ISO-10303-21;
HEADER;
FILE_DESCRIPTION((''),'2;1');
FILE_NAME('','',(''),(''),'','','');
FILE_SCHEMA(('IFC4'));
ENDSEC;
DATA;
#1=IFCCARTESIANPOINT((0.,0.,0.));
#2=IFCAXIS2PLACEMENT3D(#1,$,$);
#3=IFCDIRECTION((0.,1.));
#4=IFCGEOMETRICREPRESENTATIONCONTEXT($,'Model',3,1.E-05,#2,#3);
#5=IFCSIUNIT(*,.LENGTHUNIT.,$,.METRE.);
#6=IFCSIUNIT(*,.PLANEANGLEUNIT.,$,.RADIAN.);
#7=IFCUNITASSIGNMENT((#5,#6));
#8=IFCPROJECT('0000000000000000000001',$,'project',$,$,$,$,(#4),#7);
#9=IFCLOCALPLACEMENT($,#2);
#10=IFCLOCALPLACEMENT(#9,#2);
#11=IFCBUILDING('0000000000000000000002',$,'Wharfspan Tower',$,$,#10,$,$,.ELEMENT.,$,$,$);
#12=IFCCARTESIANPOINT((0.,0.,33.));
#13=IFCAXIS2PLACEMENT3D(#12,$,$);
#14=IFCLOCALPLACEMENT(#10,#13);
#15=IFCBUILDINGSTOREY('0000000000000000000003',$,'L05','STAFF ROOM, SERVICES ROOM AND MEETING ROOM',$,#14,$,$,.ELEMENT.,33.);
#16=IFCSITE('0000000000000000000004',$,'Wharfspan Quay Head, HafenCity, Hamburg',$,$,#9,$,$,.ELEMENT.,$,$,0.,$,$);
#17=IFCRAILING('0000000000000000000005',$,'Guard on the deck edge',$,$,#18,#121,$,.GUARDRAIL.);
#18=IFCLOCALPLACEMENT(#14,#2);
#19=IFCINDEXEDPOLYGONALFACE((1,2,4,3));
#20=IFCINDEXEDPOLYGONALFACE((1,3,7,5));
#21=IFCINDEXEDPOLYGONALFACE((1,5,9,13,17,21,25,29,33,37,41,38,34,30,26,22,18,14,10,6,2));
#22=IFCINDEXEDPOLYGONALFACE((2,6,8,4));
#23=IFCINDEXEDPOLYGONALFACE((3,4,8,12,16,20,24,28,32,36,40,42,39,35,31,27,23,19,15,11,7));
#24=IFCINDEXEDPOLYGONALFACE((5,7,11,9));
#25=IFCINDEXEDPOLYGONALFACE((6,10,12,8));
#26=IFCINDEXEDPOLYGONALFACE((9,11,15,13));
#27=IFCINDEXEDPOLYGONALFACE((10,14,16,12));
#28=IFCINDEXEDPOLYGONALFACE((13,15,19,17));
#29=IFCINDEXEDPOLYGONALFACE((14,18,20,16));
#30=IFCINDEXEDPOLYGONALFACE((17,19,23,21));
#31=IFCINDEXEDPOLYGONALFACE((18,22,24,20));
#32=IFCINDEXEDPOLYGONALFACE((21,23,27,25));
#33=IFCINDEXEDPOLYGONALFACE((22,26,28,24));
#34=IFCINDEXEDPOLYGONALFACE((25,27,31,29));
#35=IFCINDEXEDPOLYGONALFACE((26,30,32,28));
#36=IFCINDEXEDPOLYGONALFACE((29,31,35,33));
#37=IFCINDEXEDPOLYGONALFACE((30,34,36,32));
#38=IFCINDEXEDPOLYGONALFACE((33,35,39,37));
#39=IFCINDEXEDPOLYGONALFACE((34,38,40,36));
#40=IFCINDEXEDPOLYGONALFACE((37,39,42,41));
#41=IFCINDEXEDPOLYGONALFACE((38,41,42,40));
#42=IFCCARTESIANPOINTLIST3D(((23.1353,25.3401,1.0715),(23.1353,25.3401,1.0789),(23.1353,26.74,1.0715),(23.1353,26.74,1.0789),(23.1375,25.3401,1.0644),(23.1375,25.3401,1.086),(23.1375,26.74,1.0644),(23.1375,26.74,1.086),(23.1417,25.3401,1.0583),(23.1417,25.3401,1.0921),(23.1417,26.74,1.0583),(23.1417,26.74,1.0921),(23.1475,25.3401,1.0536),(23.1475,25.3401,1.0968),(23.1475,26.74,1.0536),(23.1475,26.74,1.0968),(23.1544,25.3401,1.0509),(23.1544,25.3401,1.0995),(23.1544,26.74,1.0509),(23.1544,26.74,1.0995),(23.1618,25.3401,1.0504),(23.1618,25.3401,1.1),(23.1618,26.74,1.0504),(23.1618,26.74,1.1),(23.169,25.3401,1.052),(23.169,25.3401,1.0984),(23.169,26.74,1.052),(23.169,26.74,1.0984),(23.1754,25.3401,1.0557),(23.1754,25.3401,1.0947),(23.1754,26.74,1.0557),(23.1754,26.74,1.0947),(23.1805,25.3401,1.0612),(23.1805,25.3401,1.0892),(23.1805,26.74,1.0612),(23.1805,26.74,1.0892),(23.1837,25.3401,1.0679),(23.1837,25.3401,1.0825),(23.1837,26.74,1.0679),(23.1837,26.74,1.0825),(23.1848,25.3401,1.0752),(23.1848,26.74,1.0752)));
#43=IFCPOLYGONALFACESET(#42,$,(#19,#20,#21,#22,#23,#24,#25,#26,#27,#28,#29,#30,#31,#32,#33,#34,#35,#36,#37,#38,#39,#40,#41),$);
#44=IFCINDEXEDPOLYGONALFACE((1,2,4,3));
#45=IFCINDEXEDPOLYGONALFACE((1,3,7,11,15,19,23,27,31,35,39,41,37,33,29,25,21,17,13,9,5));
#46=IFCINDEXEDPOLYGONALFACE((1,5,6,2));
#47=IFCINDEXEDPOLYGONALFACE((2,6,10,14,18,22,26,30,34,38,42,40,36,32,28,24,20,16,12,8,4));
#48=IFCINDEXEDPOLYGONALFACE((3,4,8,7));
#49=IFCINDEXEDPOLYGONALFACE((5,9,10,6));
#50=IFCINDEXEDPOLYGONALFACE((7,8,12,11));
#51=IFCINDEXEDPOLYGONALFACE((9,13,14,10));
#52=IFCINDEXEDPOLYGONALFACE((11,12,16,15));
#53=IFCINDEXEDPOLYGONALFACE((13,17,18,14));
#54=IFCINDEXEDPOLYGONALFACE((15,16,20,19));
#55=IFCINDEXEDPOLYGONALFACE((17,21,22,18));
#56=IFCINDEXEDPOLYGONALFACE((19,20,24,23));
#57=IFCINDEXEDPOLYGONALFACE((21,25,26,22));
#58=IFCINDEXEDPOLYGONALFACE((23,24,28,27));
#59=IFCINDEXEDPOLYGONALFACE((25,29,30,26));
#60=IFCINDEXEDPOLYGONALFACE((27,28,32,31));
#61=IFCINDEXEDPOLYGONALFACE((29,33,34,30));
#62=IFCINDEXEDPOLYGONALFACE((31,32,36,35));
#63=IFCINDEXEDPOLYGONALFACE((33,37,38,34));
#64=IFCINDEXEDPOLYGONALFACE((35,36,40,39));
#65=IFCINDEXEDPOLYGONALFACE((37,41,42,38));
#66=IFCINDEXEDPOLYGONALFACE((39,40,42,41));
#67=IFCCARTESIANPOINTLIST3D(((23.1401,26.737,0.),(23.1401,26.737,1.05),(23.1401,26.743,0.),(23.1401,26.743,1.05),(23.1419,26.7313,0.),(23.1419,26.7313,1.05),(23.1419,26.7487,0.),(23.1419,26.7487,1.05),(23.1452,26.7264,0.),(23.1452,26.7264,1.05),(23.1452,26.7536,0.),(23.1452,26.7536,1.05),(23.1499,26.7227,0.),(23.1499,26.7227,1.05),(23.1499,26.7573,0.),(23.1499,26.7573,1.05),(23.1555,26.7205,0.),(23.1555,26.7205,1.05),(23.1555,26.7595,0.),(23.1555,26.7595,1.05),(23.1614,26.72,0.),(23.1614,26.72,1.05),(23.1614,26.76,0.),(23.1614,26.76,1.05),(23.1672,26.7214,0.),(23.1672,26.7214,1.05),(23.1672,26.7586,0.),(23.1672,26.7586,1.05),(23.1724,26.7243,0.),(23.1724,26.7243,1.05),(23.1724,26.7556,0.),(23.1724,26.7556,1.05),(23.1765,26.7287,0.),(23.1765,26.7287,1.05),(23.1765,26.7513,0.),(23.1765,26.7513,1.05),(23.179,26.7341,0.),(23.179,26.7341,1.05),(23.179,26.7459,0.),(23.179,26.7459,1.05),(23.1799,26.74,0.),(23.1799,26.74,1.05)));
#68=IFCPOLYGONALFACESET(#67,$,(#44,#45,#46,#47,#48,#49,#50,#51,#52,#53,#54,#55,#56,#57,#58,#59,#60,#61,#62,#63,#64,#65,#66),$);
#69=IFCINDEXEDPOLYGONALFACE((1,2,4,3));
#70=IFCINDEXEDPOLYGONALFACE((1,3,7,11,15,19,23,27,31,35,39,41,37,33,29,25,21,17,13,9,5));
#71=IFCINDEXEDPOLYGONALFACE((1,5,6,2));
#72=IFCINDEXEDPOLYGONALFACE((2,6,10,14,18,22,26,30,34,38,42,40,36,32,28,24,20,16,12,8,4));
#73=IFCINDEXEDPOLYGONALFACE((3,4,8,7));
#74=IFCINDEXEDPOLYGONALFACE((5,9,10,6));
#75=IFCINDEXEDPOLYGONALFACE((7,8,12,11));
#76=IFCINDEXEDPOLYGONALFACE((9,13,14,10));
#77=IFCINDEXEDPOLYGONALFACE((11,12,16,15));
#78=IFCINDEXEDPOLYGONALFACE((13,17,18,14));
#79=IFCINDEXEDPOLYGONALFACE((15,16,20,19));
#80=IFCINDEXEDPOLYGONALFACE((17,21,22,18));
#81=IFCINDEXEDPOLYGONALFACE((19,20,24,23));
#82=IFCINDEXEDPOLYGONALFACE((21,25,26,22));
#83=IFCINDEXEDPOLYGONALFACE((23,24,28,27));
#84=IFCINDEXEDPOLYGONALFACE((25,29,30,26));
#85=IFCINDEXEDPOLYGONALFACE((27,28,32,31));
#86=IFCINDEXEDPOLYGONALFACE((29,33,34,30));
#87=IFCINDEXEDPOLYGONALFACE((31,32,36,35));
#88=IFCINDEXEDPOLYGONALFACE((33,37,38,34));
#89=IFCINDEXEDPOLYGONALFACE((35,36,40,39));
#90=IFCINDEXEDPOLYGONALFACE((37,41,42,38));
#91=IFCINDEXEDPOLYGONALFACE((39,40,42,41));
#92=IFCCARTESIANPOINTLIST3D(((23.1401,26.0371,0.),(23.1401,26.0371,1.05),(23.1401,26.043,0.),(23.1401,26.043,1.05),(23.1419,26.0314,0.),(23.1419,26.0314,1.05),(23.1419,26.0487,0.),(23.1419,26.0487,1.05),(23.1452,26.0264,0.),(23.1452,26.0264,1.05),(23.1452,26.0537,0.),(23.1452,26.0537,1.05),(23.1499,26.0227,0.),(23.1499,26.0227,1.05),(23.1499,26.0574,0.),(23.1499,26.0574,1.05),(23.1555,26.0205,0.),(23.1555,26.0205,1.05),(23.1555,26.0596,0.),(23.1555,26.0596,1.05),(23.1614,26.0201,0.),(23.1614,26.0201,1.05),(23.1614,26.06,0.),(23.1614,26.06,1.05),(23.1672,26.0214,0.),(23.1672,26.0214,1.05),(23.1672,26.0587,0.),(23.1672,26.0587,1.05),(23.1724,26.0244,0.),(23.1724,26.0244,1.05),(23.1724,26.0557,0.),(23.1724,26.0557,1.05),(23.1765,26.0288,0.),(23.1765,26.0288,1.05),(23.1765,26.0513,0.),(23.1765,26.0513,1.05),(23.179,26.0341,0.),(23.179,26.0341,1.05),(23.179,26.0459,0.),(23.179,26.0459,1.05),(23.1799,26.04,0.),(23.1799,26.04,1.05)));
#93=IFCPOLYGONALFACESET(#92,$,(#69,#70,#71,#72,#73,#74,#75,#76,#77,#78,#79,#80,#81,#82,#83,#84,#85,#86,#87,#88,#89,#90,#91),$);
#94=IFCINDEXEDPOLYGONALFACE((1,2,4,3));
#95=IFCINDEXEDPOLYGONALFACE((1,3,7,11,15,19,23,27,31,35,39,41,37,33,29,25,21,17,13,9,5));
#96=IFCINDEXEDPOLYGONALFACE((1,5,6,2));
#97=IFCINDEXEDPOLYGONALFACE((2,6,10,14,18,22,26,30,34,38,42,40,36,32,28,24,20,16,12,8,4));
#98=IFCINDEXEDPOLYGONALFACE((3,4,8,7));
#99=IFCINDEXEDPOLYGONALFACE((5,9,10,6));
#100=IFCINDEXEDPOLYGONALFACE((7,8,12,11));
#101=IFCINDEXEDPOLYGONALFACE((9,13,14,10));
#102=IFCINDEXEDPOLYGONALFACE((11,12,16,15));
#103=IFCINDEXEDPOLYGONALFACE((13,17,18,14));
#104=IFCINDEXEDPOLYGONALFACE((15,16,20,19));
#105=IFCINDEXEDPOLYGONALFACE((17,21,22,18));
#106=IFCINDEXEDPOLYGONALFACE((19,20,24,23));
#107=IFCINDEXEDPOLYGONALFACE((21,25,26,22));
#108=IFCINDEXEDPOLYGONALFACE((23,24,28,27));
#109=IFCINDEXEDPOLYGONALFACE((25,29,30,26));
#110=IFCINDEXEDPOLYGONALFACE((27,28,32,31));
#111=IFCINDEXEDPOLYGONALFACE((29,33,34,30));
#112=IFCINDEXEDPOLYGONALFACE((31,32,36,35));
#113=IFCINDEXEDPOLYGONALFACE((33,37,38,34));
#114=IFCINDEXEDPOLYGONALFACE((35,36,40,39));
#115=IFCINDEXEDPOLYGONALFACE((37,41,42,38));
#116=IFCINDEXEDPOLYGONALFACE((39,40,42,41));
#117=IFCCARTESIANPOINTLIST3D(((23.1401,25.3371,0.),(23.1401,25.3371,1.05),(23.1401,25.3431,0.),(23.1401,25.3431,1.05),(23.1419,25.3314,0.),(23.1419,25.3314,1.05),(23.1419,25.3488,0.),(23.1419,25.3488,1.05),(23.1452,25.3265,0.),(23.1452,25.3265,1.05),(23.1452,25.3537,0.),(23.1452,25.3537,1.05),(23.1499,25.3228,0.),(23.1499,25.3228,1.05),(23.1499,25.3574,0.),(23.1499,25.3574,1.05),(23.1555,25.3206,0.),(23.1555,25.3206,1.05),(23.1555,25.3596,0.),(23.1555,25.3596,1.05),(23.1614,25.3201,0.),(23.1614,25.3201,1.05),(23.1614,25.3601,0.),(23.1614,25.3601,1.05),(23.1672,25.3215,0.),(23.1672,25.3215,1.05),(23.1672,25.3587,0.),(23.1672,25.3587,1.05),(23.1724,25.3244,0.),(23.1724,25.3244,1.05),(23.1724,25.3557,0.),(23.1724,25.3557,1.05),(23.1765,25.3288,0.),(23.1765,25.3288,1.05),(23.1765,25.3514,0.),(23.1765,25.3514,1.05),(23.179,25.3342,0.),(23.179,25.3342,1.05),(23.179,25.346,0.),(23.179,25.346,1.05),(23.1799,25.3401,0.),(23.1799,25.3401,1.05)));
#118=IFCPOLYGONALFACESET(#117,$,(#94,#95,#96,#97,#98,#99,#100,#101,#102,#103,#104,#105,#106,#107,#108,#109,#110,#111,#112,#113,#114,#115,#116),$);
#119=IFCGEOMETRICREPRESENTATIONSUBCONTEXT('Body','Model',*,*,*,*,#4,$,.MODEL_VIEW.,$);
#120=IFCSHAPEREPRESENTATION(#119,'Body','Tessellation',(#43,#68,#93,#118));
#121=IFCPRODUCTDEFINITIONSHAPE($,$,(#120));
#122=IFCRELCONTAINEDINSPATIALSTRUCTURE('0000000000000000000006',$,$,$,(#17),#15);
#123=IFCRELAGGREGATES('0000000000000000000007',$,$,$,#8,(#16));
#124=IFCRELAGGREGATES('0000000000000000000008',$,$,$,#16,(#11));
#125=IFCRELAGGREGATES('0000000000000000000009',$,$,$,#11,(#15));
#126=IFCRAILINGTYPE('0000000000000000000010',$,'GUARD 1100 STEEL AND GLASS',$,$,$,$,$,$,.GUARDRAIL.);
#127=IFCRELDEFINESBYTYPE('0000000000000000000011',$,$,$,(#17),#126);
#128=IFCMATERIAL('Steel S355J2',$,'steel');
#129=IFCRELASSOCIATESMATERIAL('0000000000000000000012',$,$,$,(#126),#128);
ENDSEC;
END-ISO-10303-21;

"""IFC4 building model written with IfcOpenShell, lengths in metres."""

from ifc_helpers import new_model, si_unit, direction, frame, origin, origin_2d, place, context, subcontext, project, spatial, circle, extrude, material, type_object, element, save


model = new_model("IFC4")

# Units and contexts
model_context = context("Model", 3, precision=1e-05, world=origin(), true_north=direction((0.0, 1.0)))
body_context = subcontext(model_context, "Body", "Model", "MODEL_VIEW")
ifc_project = project(units=[si_unit("LENGTHUNIT", "METRE"), si_unit("PLANEANGLEUNIT", "RADIAN")], contexts=[model_context])

# Site, building, storey
site_placement = place(None, origin())
site = spatial("IfcSite", under=ifc_project, at=site_placement, Name="Wharfspan Quay Head, HafenCity, Hamburg", CompositionType="ELEMENT", RefElevation=0.0)
building_placement = place(site_placement, origin())
building = spatial("IfcBuilding", under=site, at=building_placement, Name="Wharfspan Tower", CompositionType="ELEMENT")
storey_placement = place(building_placement, frame((0.0, 0.0, 33.0)))
storey = spatial("IfcBuildingStorey", under=building, at=storey_placement, Name="L05", Description="STAFF ROOM, SERVICES ROOM AND MEETING ROOM", CompositionType="ELEMENT", Elevation=33.0)

# Railing
ifc_material_1 = material(Name="Steel S355J2", Category="steel")
railing_type = type_object("IfcRailingType", Name="GUARD 1100 STEEL AND GLASS", PredefinedType="GUARDRAIL", material=ifc_material_1)
railing_placement = place(storey_placement, frame((23.1599, 26.74, 0.0)))
element("IfcRailing", 1, at=railing_placement, inside=storey, type_object=railing_type, Name="Guard on the deck edge", PredefinedType="GUARDRAIL", context=body_context, shape_type="SweptSolid", body=[
    extrude(circle(Radius=0.0249, at=origin_2d()), frame((0.0, 0.0, 1.0752), z_axis=(0.0, -1.0, 0.0), x_axis=(1.0, 0.0, 0.0)), (0.0, 0.0, 1.0), 1.3999),
    extrude(circle(Radius=0.02, at=origin_2d()), origin(), (0.0, 0.0, 1.0), 1.05),
    extrude(circle(Radius=0.02, at=origin_2d()), frame((0.0, -0.7, 0.0)), (0.0, 0.0, 1.0), 1.05),
    extrude(circle(Radius=0.02, at=origin_2d()), frame((0.0, -1.3999, 0.0)), (0.0, 0.0, 1.0), 1.05),
])

save(model, "model.ifc")
